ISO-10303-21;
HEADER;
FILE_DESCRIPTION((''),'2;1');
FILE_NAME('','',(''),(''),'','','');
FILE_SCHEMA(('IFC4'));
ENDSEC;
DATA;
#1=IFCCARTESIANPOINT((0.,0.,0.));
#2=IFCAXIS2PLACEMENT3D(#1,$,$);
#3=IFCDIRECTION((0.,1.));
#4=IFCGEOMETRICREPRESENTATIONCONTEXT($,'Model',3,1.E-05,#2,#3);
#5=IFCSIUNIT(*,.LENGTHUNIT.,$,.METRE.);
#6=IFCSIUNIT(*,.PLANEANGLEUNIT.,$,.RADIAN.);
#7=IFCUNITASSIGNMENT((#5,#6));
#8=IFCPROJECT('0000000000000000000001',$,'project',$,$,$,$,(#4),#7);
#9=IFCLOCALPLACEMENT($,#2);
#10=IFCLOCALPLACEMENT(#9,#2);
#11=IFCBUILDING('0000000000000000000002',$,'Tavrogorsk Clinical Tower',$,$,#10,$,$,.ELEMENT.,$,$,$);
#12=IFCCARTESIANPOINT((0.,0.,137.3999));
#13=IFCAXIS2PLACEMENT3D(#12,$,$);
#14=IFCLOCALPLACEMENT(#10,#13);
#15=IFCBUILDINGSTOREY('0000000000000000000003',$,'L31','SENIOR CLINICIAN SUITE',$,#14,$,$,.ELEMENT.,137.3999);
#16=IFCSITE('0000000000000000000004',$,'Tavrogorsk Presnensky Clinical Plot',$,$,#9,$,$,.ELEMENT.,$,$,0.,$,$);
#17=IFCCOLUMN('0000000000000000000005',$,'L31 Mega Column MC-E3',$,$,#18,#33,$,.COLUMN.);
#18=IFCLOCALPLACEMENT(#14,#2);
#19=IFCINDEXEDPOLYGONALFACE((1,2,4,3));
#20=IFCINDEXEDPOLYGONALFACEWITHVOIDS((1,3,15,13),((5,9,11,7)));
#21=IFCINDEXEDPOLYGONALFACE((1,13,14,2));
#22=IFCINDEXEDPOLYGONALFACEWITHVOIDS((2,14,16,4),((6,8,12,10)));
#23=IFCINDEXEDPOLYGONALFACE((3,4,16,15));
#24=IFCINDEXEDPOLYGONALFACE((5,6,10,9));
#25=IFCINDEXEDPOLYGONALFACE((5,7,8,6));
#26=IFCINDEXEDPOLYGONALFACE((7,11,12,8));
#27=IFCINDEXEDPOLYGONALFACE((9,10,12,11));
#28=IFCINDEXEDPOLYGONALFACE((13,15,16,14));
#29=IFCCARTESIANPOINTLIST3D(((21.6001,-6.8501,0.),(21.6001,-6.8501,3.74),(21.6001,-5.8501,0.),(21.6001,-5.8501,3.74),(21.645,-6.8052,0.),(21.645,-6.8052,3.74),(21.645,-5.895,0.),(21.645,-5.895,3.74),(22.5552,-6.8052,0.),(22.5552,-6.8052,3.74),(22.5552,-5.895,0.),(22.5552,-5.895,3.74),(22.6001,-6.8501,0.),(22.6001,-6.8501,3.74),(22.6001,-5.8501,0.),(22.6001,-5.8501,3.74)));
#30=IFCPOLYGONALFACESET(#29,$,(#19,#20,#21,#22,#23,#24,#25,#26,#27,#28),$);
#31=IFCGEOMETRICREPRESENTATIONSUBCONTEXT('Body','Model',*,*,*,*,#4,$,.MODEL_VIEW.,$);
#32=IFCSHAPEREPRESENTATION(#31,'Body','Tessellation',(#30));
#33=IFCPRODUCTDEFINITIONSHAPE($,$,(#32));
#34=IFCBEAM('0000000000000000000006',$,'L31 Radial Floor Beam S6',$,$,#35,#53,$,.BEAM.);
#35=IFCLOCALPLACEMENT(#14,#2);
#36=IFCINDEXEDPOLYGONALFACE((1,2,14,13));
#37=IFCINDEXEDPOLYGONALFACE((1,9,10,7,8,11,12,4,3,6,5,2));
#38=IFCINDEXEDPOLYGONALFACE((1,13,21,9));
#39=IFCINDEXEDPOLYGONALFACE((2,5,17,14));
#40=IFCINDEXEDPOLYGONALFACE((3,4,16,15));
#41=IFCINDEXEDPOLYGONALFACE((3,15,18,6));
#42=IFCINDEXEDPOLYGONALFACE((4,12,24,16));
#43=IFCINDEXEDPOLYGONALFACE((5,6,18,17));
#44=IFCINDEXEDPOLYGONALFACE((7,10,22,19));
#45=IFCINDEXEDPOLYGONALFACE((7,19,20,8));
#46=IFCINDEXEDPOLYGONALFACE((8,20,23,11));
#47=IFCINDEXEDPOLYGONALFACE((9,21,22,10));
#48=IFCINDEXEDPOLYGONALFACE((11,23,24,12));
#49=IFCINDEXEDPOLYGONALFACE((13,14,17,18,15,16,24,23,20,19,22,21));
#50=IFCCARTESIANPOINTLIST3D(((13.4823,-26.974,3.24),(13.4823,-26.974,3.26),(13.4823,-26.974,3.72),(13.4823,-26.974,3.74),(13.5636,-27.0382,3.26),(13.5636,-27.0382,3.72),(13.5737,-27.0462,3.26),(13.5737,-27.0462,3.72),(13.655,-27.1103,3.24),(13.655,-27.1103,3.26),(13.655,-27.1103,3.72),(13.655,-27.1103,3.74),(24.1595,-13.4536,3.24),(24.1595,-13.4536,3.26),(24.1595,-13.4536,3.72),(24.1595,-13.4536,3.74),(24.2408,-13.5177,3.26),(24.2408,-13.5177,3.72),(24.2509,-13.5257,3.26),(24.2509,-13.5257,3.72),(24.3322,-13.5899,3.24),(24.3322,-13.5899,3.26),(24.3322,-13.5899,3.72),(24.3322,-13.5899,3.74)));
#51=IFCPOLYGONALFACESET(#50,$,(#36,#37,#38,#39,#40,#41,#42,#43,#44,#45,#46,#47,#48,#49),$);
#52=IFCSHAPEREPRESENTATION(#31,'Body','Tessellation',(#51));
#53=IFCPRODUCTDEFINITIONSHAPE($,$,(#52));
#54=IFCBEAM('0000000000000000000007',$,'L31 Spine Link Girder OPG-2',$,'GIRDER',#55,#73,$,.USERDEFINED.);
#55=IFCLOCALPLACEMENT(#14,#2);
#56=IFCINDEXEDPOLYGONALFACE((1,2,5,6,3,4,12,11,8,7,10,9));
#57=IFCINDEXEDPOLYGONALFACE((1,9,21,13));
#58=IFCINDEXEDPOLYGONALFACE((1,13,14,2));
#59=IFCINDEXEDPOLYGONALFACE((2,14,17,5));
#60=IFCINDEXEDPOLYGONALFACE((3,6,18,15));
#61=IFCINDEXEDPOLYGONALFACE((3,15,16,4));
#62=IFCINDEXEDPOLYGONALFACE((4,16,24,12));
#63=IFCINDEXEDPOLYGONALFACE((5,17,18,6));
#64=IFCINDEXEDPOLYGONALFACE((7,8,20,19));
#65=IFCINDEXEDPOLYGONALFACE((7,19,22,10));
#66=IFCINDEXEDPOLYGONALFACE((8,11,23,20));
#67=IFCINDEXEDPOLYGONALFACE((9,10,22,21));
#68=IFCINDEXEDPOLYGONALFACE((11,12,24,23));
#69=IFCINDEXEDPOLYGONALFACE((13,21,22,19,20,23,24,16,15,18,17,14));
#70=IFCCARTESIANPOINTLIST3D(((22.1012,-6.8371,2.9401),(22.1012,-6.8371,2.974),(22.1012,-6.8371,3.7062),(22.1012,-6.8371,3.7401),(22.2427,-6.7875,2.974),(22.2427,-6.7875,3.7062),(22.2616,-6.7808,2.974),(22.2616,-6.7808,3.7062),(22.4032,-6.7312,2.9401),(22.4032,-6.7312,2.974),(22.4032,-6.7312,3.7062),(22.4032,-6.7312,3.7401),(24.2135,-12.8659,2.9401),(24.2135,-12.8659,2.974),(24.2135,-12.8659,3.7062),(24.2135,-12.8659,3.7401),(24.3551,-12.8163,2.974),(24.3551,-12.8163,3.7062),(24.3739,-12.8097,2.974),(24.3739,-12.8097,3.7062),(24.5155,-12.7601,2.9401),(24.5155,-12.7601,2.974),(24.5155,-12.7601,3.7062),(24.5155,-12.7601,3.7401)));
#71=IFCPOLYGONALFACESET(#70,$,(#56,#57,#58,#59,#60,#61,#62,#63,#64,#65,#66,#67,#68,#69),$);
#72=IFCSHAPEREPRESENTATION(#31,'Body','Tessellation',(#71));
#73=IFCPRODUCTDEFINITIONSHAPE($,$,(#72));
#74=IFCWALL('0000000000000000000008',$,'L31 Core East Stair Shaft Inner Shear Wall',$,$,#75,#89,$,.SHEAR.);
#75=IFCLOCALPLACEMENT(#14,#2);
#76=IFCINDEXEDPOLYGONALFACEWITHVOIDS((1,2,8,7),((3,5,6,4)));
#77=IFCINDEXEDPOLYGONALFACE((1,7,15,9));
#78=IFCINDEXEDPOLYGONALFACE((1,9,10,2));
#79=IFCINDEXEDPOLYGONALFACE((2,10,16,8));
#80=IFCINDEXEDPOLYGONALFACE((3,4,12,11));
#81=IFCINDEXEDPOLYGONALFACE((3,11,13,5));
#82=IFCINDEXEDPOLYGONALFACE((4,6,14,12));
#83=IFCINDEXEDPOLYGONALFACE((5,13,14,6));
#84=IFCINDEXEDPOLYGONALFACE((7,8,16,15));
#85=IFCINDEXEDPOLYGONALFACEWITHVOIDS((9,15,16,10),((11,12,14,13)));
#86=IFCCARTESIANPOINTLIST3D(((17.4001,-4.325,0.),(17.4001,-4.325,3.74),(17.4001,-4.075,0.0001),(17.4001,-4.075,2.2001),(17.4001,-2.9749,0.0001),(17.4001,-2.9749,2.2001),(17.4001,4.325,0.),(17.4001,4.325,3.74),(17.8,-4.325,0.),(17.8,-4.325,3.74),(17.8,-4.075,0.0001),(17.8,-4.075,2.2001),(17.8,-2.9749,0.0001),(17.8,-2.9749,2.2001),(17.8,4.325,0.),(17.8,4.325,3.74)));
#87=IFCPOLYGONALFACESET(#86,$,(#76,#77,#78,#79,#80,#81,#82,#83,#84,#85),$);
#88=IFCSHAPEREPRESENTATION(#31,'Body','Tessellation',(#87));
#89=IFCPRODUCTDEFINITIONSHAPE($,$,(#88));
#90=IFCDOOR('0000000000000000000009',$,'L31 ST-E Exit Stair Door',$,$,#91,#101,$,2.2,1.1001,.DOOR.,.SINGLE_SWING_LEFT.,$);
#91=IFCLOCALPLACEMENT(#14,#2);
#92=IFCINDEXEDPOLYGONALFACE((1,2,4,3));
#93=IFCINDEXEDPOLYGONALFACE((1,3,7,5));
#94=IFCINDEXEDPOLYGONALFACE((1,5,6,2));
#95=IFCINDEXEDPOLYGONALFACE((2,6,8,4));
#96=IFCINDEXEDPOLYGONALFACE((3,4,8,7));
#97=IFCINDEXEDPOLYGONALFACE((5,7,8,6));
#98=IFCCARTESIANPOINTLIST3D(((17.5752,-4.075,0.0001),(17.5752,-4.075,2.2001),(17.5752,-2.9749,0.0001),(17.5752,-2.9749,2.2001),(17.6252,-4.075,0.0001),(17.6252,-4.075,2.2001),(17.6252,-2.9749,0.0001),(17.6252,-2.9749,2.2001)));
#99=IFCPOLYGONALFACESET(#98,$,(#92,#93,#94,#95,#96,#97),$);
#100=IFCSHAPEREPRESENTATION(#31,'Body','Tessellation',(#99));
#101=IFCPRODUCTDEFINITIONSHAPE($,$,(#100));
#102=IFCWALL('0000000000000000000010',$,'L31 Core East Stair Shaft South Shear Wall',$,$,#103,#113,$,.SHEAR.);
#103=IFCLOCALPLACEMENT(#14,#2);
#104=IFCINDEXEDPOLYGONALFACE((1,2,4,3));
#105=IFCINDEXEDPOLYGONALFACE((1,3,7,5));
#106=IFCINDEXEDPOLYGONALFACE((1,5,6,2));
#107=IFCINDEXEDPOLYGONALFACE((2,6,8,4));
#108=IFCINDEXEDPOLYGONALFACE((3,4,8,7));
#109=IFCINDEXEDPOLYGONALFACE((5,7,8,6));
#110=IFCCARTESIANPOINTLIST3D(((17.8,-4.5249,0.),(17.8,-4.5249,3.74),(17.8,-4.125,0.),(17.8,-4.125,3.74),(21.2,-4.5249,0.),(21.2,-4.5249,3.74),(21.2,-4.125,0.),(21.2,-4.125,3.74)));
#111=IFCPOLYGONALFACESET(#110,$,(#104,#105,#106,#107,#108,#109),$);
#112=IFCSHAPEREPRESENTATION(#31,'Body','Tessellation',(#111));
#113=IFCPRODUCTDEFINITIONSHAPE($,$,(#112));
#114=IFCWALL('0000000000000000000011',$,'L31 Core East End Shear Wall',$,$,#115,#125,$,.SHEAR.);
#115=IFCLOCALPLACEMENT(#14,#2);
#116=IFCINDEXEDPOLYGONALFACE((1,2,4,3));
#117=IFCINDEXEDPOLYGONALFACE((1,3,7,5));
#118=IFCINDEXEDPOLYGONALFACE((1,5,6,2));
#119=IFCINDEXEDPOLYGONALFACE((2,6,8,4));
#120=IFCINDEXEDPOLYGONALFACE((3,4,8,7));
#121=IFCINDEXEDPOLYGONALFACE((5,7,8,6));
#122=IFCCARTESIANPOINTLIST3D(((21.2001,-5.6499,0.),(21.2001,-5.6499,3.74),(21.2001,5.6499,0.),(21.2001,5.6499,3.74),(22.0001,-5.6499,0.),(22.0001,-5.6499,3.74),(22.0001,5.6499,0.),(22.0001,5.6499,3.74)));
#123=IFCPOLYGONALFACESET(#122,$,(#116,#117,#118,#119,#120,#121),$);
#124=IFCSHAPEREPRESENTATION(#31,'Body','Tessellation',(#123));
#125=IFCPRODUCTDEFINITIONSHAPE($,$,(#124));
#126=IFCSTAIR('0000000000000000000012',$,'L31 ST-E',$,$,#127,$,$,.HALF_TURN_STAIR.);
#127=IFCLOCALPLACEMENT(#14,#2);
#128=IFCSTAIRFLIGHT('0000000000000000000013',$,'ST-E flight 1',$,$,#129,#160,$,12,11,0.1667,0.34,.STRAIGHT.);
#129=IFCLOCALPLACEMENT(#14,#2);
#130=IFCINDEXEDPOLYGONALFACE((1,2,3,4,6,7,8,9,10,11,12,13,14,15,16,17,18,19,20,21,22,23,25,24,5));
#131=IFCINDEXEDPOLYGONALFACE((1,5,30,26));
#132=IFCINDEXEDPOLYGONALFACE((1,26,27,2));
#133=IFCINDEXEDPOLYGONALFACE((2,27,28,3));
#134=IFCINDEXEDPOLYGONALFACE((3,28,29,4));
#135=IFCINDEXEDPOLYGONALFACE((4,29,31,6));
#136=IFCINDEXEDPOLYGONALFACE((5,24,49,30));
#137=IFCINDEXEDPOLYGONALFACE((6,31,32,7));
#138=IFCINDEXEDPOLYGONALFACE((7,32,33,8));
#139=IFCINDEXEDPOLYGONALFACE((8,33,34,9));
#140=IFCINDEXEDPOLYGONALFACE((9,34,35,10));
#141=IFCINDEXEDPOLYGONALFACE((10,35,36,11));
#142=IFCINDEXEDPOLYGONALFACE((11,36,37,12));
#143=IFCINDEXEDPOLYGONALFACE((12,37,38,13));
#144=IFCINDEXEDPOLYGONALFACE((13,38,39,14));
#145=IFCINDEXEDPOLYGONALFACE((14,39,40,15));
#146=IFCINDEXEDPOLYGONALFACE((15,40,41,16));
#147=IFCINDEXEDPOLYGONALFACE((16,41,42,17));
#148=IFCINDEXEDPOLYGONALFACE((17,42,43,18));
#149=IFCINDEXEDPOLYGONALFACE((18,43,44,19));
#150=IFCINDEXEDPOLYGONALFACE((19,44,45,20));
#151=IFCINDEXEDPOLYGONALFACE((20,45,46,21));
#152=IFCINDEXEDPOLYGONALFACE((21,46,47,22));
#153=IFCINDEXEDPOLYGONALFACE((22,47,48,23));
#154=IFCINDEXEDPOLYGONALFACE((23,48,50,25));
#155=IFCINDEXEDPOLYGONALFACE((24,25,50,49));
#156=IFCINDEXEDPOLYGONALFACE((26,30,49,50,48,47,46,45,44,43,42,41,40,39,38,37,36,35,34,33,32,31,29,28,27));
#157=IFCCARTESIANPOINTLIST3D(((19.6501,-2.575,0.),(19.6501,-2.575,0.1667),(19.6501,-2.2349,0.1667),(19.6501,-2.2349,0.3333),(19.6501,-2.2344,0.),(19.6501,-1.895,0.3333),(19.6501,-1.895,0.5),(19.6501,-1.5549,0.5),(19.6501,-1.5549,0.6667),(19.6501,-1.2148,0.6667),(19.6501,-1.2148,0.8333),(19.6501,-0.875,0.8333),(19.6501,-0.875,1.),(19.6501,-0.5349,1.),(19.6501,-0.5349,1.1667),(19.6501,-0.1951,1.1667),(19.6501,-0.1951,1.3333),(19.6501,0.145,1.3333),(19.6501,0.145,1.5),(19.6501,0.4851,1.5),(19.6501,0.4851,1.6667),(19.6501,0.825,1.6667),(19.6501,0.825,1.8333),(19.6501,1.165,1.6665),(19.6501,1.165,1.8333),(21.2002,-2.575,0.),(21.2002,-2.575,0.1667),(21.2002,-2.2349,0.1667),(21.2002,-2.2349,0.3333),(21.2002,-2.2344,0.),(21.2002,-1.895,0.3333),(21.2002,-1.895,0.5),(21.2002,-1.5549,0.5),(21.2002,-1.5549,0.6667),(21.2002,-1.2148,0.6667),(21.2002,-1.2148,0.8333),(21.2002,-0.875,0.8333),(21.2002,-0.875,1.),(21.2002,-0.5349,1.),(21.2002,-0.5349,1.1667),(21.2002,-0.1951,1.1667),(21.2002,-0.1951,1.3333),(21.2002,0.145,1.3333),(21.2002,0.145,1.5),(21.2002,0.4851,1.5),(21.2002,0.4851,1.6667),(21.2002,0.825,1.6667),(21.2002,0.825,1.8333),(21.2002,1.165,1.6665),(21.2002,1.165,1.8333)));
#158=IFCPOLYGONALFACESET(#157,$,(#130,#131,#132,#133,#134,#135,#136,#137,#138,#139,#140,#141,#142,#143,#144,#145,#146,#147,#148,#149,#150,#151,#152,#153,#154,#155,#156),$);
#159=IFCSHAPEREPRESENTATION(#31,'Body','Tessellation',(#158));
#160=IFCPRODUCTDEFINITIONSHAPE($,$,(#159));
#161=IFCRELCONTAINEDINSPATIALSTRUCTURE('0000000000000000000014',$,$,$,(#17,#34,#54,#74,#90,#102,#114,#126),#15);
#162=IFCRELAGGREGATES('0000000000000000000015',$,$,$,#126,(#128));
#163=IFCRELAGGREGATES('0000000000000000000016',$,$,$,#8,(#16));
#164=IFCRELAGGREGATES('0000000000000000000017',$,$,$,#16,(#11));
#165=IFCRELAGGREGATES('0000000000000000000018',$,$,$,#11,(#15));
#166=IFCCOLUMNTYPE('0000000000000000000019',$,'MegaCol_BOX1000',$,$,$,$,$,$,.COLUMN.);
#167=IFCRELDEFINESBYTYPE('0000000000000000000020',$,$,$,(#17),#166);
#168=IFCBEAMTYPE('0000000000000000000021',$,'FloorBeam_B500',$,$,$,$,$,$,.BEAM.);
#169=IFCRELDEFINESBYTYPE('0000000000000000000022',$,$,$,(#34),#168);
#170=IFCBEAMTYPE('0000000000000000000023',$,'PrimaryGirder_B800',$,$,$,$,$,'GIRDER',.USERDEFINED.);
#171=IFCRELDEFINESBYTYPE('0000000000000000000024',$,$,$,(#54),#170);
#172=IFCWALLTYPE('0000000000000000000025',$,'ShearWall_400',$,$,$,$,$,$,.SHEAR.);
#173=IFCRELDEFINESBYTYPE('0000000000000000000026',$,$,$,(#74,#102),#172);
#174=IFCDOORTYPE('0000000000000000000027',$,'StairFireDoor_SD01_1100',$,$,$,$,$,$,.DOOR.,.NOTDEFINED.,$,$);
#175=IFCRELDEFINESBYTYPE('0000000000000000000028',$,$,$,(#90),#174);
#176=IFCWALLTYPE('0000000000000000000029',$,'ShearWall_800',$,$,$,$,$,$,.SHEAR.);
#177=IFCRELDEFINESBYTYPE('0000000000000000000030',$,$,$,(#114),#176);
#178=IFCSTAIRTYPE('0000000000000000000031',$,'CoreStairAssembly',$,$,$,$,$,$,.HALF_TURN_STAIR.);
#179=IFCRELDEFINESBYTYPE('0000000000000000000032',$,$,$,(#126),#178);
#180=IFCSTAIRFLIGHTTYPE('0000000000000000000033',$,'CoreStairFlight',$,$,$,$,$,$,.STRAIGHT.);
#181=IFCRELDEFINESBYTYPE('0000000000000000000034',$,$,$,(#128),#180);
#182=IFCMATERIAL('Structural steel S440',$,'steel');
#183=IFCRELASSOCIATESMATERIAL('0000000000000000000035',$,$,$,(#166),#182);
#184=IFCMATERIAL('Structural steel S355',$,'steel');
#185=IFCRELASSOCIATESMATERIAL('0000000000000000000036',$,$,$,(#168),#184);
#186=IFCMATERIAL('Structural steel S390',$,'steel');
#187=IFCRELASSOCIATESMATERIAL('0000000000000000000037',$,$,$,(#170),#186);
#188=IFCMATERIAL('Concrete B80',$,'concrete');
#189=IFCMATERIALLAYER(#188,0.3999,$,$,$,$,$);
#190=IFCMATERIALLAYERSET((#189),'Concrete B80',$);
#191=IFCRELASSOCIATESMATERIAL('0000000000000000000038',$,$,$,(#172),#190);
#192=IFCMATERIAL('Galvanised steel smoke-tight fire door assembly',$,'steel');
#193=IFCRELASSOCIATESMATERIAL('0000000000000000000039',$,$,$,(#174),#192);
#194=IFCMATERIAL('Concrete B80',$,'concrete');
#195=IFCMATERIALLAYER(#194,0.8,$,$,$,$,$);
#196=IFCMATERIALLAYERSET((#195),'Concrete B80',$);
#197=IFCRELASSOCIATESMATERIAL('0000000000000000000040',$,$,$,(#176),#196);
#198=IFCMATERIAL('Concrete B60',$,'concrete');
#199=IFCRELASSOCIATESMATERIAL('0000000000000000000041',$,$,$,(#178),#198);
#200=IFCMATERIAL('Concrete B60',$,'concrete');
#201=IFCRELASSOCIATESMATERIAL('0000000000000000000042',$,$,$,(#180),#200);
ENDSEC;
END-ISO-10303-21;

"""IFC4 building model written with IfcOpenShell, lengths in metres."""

from ifc_helpers import new_model, si_unit, direction, frame, frame_2d, origin, origin_2d, place, context, subcontext, project, spatial, polyline, rectangle, hollow_rectangle, i_section, outline, extrude, material, layer, layer_set, material_profile, profile_set, type_object, element, fill, aggregate, save


model = new_model("IFC4")

# Units and contexts
model_context = context("Model", 3, precision=1e-05, world=origin(), true_north=direction((0.0, 1.0)))
body_context = subcontext(model_context, "Body", "Model", "MODEL_VIEW")
ifc_project = project(units=[si_unit("LENGTHUNIT", "METRE"), si_unit("PLANEANGLEUNIT", "RADIAN")], contexts=[model_context])

# Site, building, storey
site_placement = place(None, origin())
site = spatial("IfcSite", under=ifc_project, at=site_placement, Name="Tavrogorsk Presnensky Clinical Plot", CompositionType="ELEMENT", RefElevation=0.0)
building_placement = place(site_placement, origin())
building = spatial("IfcBuilding", under=site, at=building_placement, Name="Tavrogorsk Clinical Tower", CompositionType="ELEMENT")
storey_placement = place(building_placement, frame((0.0, 0.0, 137.3999)))
storey = spatial("IfcBuildingStorey", under=building, at=storey_placement, Name="L31", Description="SENIOR CLINICIAN SUITE", CompositionType="ELEMENT", Elevation=137.3999)

# Column
ifc_material_1 = material(Name="Structural steel S440", Category="steel")
ifc_material_profile_1 = material_profile(ifc_material_1, hollow_rectangle(XDim=1.0, YDim=1.0, WallThickness=0.0449, at=origin_2d()), Name="BOX-1000x1000x45")
ifc_profile_set_1 = profile_set([ifc_material_profile_1], Name="Structural steel S440")
column_type = type_object("IfcColumnType", Name="MegaCol_BOX1000", PredefinedType="COLUMN", material=ifc_profile_set_1)
column_placement = place(storey_placement, frame((22.1001, -6.3501, 0.0), z_axis=(0.0, 0.0, 1.0), x_axis=(1.0, 0.0, 0.0)))
element("IfcColumn", 1, at=column_placement, inside=storey, type_object=column_type, Name="L31 Mega Column MC-E3", PredefinedType="COLUMN", context=body_context, shape_type="SweptSolid", body=[
    extrude(hollow_rectangle(XDim=1.0, YDim=1.0, WallThickness=0.0449, at=origin_2d()), origin(), (0.0, 0.0, 1.0), 3.74),
])

# Beams
ifc_material_2 = material(Name="Structural steel S355", Category="steel")
ifc_material_profile_2 = material_profile(ifc_material_2, i_section(OverallWidth=0.22, OverallDepth=0.5, WebThickness=0.0129, FlangeThickness=0.02, at=origin_2d()), Name="B-500x220x13x20")
ifc_profile_set_2 = profile_set([ifc_material_profile_2], Name="Structural steel S355")
beam_type_1 = type_object("IfcBeamType", Name="FloorBeam_B500", PredefinedType="BEAM", material=ifc_profile_set_2)
beam_1_placement = place(storey_placement, frame((24.2458, -13.5217, 3.49), z_axis=(-0.619757, -0.784794, 0.0), x_axis=(0.784794, -0.619757, 0.0)))
element("IfcBeam", 2, at=beam_1_placement, inside=storey, type_object=beam_type_1, Name="L31 Radial Floor Beam S6", PredefinedType="BEAM", context=body_context, shape_type="SweptSolid", body=[
    extrude(i_section(OverallWidth=0.22, OverallDepth=0.5, WebThickness=0.0129, FlangeThickness=0.02, at=origin_2d()), origin(), (0.0, 0.0, 1.0), 17.228),
])
ifc_material_3 = material(Name="Structural steel S390", Category="steel")
ifc_material_profile_3 = material_profile(ifc_material_3, i_section(OverallWidth=0.3201, OverallDepth=0.8, WebThickness=0.02, FlangeThickness=0.0339, at=origin_2d()), Name="B-800x320x20x34")
ifc_profile_set_3 = profile_set([ifc_material_profile_3], Name="Structural steel S390")
beam_type_2 = type_object("IfcBeamType", Name="PrimaryGirder_B800", ElementType="GIRDER", PredefinedType="USERDEFINED", material=ifc_profile_set_3)
beam_2_placement = place(storey_placement, frame((24.3645, -12.813, 3.3401), z_axis=(-0.33066, 0.94375, 0.0), x_axis=(-0.94375, -0.33066, 0.0)))
element("IfcBeam", 3, at=beam_2_placement, inside=storey, type_object=beam_type_2, Name="L31 Spine Link Girder OPG-2", ObjectType="GIRDER", PredefinedType="USERDEFINED", context=body_context, shape_type="SweptSolid", body=[
    extrude(i_section(OverallWidth=0.3201, OverallDepth=0.8, WebThickness=0.02, FlangeThickness=0.0339, at=origin_2d()), origin(), (0.0, 0.0, 1.0), 6.3882),
])

# Wall, opening, door
ifc_material_4 = material(Name="Concrete B80", Category="concrete")
ifc_layer_1 = layer(ifc_material_4, 0.3999)
ifc_layer_set_1 = layer_set([ifc_layer_1], Name="Concrete B80")
wall_type_1 = type_object("IfcWallType", Name="ShearWall_400", PredefinedType="SHEAR", material=ifc_layer_set_1)
wall_1_placement = place(storey_placement, frame((17.6001, -4.325, 0.0), z_axis=(0.0, 0.0, 1.0), x_axis=(0.0, 1.0, 0.0)))
wall_1 = element("IfcWall", 4, at=wall_1_placement, inside=storey, type_object=wall_type_1, Name="L31 Core East Stair Shaft Inner Shear Wall", PredefinedType="SHEAR", context=body_context, shape_type="SweptSolid", body=[
    extrude(rectangle(XDim=8.6499, YDim=0.3999, at=frame_2d((4.325, 0.0))), origin(), (0.0, 0.0, 1.0), 3.74),
])
opening_placement = place(wall_1_placement, frame((0.25, 0.0, 0.0)))
opening = element("IfcOpeningElement", 5, at=opening_placement, cuts=wall_1, PredefinedType="OPENING", context=body_context, shape_type="SweptSolid", body=[
    extrude(rectangle(XDim=1.1001, YDim=2.2, at=frame_2d((0.55, 1.1001))), frame((0.0, 0.21, 0.0), z_axis=(0.0, -1.0, 0.0), x_axis=(1.0, 0.0, 0.0)), (0.0, 0.0, 1.0), 0.4199),
])
ifc_material_5 = material(Name="Galvanised steel smoke-tight fire door assembly", Category="steel")
door_type = type_object("IfcDoorType", Name="StairFireDoor_SD01_1100", OperationType="NOTDEFINED", PredefinedType="DOOR", material=ifc_material_5)
door_placement = place(opening_placement, origin())
door = element("IfcDoor", 6, at=door_placement, inside=storey, type_object=door_type, Name="L31 ST-E Exit Stair Door", OperationType="SINGLE_SWING_LEFT", OverallHeight=2.2, OverallWidth=1.1001, PredefinedType="DOOR", context=body_context, shape_type="SweptSolid", body=[
    extrude(rectangle(XDim=1.1001, YDim=2.2, at=frame_2d((0.55, 1.1001))), frame((0.0, 0.0249, 0.0), z_axis=(0.0, -1.0, 0.0), x_axis=(1.0, 0.0, 0.0)), (0.0, 0.0, 1.0), 0.05),
])
fill(opening, door)

# Walls
wall_2_placement = place(storey_placement, frame((17.8, -4.325, 0.0), z_axis=(0.0, 0.0, 1.0), x_axis=(1.0, 0.0, 0.0)))
element("IfcWall", 7, at=wall_2_placement, inside=storey, type_object=wall_type_1, Name="L31 Core East Stair Shaft South Shear Wall", PredefinedType="SHEAR", context=body_context, shape_type="SweptSolid", body=[
    extrude(rectangle(XDim=3.3999, YDim=0.3999, at=frame_2d((1.7, 0.0))), origin(), (0.0, 0.0, 1.0), 3.74),
])
ifc_material_6 = material(Name="Concrete B80", Category="concrete")
ifc_layer_2 = layer(ifc_material_6, 0.8)
ifc_layer_set_2 = layer_set([ifc_layer_2], Name="Concrete B80")
wall_type_2 = type_object("IfcWallType", Name="ShearWall_800", PredefinedType="SHEAR", material=ifc_layer_set_2)
wall_3_placement = place(storey_placement, frame((21.6001, -5.6499, 0.0), z_axis=(0.0, 0.0, 1.0), x_axis=(0.0, 1.0, 0.0)))
element("IfcWall", 8, at=wall_3_placement, inside=storey, type_object=wall_type_2, Name="L31 Core East End Shear Wall", PredefinedType="SHEAR", context=body_context, shape_type="SweptSolid", body=[
    extrude(rectangle(XDim=11.2998, YDim=0.8, at=frame_2d((5.6499, 0.0))), origin(), (0.0, 0.0, 1.0), 3.74),
])

# Stair, stair flight
ifc_material_7 = material(Name="Concrete B60", Category="concrete")
stair_type = type_object("IfcStairType", Name="CoreStairAssembly", PredefinedType="HALF_TURN_STAIR", material=ifc_material_7)
stair_placement = place(storey_placement, origin())
stair = element("IfcStair", 9, at=stair_placement, inside=storey, type_object=stair_type, Name="L31 ST-E", PredefinedType="HALF_TURN_STAIR")
ifc_material_8 = material(Name="Concrete B60", Category="concrete")
stair_flight_type = type_object("IfcStairFlightType", Name="CoreStairFlight", PredefinedType="STRAIGHT", material=ifc_material_8)
stair_flight_placement = place(storey_placement, frame((20.425, -2.575, 0.0), z_axis=(0.0, 0.0, 1.0), x_axis=(0.0, 1.0, 0.0)))
stair_flight = element("IfcStairFlight", 10, at=stair_flight_placement, type_object=stair_flight_type, Name="ST-E flight 1", NumberOfRisers=12, NumberOfTreads=11, PredefinedType="STRAIGHT", RiserHeight=0.1667, TreadLength=0.34, context=body_context, shape_type="SweptSolid", body=[
    extrude(outline(polyline([(0.0, 0.0), (0.0, 0.1667), (0.3401, 0.1667), (0.3401, 0.3333), (0.6799, 0.3333), (0.6799, 0.5), (1.02, 0.5), (1.02, 0.6667), (1.3601, 0.6667), (1.3601, 0.8333), (1.7, 0.8333), (1.7, 1.0), (2.04, 1.0), (2.04, 1.1667), (2.3799, 1.1667), (2.3799, 1.3333), (2.72, 1.3333), (2.72, 1.5), (3.0601, 1.5), (3.0601, 1.6667), (3.3999, 1.6667), (3.3999, 1.8333), (3.74, 1.8333), (3.74, 2.0), (3.74, 1.6665), (0.3406, 0.0), (0.0, 0.0)])), frame((0.0, 0.7749, 0.0), z_axis=(0.0, -1.0, 0.0), x_axis=(1.0, 0.0, 0.0)), (0.0, 0.0, 1.0), 1.55),
])
aggregate(stair, [stair_flight])

save(model, "model.ifc")
